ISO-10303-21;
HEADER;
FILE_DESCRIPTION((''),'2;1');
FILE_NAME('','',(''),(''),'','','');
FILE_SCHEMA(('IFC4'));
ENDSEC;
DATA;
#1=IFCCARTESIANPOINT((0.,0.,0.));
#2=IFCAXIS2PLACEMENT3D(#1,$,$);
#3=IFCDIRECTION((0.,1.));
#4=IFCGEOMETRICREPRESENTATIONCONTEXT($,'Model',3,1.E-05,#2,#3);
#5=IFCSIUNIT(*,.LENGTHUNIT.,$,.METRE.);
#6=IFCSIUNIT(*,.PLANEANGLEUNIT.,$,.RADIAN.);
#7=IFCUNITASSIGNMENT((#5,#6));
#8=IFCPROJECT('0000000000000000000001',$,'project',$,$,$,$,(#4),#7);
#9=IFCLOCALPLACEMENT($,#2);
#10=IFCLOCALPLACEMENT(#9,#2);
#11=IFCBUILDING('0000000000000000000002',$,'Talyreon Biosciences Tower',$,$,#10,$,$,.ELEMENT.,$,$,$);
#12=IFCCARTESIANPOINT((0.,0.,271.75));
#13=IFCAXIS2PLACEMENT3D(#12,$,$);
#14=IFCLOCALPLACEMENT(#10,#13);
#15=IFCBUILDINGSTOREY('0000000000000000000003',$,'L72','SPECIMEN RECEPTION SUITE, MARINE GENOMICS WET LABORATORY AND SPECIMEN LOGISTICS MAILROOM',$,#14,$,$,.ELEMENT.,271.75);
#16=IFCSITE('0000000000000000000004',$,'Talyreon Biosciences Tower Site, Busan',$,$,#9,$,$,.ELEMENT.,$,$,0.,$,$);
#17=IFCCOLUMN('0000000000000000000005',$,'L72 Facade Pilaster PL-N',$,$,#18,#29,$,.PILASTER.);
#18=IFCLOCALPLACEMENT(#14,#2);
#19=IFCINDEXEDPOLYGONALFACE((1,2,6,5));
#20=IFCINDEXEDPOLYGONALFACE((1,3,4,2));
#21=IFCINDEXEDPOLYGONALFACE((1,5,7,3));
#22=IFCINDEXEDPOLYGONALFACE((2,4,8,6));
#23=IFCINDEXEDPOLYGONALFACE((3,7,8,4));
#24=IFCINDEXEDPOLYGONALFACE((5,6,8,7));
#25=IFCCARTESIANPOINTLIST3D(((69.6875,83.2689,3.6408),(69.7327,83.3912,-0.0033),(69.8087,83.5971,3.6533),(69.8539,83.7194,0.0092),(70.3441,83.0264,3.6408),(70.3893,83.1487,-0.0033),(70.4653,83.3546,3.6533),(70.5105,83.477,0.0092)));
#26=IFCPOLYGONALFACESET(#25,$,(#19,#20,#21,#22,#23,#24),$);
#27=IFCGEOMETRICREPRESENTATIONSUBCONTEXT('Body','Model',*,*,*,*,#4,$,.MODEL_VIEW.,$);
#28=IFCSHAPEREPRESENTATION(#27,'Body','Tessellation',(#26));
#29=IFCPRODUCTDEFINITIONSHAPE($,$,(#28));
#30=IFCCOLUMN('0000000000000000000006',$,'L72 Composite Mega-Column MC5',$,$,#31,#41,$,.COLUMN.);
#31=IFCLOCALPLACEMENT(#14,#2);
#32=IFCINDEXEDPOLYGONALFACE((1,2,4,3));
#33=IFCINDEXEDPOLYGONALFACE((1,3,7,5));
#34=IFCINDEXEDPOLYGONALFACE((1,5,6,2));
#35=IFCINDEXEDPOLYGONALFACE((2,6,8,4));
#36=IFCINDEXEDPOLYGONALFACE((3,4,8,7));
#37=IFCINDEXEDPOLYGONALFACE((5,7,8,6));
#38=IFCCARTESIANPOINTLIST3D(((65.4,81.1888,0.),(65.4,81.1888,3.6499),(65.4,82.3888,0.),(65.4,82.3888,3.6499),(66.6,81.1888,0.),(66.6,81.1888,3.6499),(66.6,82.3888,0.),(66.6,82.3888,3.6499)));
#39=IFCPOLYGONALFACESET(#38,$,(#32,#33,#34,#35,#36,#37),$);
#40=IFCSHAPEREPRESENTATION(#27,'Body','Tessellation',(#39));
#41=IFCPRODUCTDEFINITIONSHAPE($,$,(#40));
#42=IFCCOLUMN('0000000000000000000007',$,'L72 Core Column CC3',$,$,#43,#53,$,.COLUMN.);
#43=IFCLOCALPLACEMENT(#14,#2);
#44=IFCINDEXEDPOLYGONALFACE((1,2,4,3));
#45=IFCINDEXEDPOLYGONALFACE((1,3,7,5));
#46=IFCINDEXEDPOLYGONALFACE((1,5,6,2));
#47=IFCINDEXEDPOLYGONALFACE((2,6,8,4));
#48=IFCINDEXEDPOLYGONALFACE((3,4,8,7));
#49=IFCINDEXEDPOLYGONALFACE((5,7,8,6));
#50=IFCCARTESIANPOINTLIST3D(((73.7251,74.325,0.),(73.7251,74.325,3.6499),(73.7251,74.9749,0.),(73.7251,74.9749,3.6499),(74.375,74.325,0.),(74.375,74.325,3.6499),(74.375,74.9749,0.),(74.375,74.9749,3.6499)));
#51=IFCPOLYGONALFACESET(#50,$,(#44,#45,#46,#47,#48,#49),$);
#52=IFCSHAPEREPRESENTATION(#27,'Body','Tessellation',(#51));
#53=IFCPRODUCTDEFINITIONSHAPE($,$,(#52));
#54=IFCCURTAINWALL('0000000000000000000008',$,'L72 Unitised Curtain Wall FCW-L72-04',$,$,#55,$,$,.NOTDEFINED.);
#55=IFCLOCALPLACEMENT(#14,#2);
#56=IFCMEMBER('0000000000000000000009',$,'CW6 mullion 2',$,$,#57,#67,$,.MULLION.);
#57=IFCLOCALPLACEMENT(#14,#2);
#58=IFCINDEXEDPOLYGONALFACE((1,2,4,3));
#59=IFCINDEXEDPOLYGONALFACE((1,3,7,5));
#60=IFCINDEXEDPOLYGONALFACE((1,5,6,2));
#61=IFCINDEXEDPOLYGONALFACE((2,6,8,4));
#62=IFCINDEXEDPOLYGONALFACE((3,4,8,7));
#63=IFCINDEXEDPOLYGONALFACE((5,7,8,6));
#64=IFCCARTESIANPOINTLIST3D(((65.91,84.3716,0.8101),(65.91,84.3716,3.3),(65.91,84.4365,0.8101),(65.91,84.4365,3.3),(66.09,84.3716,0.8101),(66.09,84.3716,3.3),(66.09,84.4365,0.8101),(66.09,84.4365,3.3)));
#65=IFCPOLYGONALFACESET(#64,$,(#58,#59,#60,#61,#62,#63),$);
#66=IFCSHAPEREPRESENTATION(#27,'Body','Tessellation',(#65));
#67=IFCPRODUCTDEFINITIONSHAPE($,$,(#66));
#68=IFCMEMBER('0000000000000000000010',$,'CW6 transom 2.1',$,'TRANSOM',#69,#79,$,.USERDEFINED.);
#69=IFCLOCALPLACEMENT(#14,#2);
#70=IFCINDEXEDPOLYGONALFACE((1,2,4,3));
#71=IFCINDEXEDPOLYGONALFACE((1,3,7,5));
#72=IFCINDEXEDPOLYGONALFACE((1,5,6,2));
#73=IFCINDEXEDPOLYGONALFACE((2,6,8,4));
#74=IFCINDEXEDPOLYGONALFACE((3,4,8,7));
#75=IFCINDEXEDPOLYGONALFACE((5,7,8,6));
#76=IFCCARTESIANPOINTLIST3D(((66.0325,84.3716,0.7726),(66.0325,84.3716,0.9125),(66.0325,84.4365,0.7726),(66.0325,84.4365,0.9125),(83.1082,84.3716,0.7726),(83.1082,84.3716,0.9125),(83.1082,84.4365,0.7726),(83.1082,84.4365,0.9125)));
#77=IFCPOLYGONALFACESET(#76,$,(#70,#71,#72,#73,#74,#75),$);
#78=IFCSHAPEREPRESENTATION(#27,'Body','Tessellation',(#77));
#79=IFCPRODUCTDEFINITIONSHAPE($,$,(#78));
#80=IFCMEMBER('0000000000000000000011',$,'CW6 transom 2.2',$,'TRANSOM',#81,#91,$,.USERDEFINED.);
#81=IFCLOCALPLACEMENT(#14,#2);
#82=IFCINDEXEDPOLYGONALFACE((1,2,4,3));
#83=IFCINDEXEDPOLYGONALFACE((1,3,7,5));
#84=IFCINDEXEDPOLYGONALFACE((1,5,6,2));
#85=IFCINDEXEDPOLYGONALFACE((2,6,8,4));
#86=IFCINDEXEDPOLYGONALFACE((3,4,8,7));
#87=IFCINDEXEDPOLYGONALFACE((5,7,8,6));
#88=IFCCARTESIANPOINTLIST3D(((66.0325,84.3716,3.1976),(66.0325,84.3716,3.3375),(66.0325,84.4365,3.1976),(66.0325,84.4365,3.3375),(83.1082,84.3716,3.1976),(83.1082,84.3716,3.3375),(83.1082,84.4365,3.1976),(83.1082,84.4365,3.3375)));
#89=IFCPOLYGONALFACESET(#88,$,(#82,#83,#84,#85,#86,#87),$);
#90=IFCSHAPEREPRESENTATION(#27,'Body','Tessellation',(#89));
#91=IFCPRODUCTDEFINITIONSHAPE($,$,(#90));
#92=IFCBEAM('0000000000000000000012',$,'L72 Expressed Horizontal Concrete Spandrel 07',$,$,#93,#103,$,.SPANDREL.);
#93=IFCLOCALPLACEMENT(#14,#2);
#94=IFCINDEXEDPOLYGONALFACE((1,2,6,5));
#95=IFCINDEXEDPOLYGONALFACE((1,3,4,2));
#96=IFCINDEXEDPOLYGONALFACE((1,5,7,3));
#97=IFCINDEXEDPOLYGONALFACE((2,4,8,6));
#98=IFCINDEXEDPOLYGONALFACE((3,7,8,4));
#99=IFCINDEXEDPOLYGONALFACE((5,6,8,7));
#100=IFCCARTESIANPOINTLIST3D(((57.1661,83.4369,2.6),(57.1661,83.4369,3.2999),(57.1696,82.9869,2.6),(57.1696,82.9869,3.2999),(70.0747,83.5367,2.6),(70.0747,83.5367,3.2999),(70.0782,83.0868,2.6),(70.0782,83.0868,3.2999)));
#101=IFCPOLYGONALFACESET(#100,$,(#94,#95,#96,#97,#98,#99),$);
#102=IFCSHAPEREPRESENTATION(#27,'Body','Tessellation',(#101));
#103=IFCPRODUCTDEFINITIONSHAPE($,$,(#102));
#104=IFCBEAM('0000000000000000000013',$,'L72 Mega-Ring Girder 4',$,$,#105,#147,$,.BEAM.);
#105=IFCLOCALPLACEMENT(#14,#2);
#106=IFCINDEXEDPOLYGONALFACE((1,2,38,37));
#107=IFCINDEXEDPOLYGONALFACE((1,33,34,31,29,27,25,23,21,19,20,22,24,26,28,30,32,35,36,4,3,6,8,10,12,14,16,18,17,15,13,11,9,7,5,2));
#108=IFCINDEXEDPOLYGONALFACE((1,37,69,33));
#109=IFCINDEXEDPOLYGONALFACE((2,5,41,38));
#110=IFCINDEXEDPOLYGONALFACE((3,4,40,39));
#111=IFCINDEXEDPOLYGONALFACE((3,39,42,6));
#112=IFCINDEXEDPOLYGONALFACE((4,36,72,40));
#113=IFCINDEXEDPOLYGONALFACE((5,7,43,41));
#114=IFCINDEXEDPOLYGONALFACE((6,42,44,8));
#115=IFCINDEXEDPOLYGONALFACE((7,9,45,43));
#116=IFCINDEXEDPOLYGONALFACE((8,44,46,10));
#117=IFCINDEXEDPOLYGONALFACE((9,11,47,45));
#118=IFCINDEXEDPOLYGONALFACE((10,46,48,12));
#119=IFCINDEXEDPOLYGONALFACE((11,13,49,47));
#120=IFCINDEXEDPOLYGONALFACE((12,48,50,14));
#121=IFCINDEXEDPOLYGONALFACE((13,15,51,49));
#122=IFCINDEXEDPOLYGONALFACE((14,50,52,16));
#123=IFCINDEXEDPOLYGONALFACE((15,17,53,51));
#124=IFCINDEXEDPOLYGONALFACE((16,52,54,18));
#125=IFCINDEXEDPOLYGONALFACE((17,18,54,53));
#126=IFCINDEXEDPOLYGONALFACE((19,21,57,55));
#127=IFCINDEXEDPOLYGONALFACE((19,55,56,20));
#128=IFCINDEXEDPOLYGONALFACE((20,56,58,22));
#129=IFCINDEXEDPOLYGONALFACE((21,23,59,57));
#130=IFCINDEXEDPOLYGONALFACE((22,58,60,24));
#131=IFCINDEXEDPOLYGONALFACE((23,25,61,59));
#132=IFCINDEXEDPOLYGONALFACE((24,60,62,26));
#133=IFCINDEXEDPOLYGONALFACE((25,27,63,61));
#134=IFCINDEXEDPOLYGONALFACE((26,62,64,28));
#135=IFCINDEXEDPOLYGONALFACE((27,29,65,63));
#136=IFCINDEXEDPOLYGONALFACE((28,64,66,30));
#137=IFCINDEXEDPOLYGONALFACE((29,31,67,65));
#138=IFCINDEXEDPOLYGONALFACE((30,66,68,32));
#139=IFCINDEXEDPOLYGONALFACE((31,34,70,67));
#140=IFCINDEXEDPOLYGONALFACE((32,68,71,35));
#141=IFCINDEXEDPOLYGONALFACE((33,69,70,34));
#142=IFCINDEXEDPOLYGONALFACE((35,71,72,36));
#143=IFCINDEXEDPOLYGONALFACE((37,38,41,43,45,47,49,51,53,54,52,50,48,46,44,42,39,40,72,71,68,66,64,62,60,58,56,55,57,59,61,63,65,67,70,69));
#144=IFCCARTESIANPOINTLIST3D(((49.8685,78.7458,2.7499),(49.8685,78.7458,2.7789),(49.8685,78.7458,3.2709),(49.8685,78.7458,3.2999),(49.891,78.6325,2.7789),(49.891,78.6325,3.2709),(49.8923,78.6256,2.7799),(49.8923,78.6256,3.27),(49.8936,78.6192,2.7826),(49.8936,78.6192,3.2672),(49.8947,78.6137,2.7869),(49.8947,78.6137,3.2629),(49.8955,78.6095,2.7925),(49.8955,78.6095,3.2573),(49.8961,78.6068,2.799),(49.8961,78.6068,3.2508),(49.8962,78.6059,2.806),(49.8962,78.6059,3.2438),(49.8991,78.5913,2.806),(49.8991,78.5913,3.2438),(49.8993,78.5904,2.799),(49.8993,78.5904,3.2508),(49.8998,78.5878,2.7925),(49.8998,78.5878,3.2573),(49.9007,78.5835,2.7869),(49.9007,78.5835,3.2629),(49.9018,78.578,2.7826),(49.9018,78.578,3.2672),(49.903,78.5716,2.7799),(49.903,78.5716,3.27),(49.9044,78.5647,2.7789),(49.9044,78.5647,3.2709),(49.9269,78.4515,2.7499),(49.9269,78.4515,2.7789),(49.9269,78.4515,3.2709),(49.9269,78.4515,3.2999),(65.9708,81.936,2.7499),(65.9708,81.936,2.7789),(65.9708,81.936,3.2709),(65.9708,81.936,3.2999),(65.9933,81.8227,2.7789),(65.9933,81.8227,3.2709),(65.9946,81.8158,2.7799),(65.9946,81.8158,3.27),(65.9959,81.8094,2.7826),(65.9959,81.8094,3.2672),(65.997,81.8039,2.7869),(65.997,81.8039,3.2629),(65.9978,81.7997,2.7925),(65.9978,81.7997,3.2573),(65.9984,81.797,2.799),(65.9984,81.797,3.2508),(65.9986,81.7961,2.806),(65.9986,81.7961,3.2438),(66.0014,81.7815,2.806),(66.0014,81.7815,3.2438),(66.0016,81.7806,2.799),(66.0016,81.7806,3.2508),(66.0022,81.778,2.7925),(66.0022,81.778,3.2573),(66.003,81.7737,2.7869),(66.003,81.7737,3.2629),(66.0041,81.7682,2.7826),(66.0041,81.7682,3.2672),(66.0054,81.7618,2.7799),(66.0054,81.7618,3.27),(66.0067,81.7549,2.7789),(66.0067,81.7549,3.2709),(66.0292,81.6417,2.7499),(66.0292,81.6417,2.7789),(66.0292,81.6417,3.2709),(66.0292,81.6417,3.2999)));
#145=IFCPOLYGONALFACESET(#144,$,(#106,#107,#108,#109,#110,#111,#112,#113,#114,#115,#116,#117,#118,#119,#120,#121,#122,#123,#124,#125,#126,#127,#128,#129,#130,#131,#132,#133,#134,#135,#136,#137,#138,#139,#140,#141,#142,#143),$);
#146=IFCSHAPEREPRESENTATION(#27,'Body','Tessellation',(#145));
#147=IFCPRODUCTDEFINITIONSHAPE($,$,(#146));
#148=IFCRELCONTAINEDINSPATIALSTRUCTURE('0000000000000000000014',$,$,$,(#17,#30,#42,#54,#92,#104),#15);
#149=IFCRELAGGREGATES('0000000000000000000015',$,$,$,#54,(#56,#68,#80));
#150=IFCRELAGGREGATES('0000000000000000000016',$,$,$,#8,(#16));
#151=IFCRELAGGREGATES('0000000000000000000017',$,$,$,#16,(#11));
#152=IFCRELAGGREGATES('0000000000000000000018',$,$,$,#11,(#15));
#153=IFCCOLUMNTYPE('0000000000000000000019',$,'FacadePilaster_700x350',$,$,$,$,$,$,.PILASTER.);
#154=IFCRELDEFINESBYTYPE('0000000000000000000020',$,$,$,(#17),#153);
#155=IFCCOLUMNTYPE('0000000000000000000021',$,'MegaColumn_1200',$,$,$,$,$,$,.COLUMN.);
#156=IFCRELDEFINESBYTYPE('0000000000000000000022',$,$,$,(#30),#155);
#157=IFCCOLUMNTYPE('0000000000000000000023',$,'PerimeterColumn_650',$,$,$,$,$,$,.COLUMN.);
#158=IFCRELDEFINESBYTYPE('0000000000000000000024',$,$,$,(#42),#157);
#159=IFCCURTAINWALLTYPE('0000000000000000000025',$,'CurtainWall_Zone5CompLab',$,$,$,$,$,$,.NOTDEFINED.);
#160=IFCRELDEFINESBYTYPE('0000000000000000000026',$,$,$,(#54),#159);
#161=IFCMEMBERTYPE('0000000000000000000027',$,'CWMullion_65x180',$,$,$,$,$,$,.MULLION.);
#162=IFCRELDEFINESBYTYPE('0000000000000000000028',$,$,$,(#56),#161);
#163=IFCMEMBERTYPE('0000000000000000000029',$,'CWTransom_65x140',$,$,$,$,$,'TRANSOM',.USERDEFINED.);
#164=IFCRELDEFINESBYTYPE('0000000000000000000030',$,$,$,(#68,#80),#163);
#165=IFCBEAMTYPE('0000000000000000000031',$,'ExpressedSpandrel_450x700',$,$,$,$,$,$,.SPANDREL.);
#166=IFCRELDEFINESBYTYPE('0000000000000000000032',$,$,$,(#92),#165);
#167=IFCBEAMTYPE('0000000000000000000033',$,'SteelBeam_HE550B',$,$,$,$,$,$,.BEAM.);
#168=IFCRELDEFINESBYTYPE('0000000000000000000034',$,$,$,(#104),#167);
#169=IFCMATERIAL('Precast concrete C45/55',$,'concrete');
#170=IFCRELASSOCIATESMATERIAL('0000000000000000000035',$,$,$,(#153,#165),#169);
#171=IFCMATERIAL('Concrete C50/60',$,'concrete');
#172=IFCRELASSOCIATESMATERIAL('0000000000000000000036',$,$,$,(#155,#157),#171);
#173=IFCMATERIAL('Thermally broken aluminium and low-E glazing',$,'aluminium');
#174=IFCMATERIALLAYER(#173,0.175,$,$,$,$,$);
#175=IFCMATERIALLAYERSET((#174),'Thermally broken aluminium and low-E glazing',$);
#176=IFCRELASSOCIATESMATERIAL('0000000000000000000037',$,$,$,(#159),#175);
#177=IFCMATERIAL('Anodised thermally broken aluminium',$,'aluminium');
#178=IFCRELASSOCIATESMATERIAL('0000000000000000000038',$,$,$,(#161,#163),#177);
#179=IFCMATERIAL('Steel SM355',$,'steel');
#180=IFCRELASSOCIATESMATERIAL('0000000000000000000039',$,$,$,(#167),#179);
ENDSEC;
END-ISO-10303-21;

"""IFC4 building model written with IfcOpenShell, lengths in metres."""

from ifc_helpers import new_model, si_unit, direction, frame, origin, origin_2d, place, context, subcontext, project, spatial, rectangle, i_section, extrude, material, layer, layer_set, material_profile, profile_set, type_object, element, aggregate, save


model = new_model("IFC4")

# Units and contexts
model_context = context("Model", 3, precision=1e-05, world=origin(), true_north=direction((0.0, 1.0)))
body_context = subcontext(model_context, "Body", "Model", "MODEL_VIEW")
ifc_project = project(units=[si_unit("LENGTHUNIT", "METRE"), si_unit("PLANEANGLEUNIT", "RADIAN")], contexts=[model_context])

# Site, building, storey
site_placement = place(None, origin())
site = spatial("IfcSite", under=ifc_project, at=site_placement, Name="Talyreon Biosciences Tower Site, Busan", CompositionType="ELEMENT", RefElevation=0.0)
building_placement = place(site_placement, origin())
building = spatial("IfcBuilding", under=site, at=building_placement, Name="Talyreon Biosciences Tower", CompositionType="ELEMENT")
storey_placement = place(building_placement, frame((0.0, 0.0, 271.75)))
storey = spatial("IfcBuildingStorey", under=building, at=storey_placement, Name="L72", Description="SPECIMEN RECEPTION SUITE, MARINE GENOMICS WET LABORATORY AND SPECIMEN LOGISTICS MAILROOM", CompositionType="ELEMENT", Elevation=271.75)

# Columns
ifc_material_1 = material(Name="Precast concrete C45/55", Category="concrete")
ifc_material_profile_1 = material_profile(ifc_material_1, rectangle(XDim=0.7, YDim=0.3501, at=origin_2d()), Name="RC 700x350")
ifc_profile_set_1 = profile_set([ifc_material_profile_1], Name="Precast concrete C45/55")
column_type_1 = type_object("IfcColumnType", Name="FacadePilaster_700x350", PredefinedType="PILASTER", material=ifc_profile_set_1)
column_1_placement = place(storey_placement, frame((70.1216, 83.4341, 0.0029), z_axis=(-0.012387, -0.033544, 0.99936), x_axis=(-0.938087, 0.346399, 0.0)))
element("IfcColumn", 1, at=column_1_placement, inside=storey, type_object=column_type_1, Name="L72 Facade Pilaster PL-N", PredefinedType="PILASTER", context=body_context, shape_type="SweptSolid", body=[
    extrude(rectangle(XDim=0.7, YDim=0.3501, at=origin_2d()), origin(), (0.0, 0.0, 1.0), 3.6465),
])
ifc_material_2 = material(Name="Concrete C50/60", Category="concrete")
ifc_material_profile_2 = material_profile(ifc_material_2, rectangle(XDim=1.2, YDim=1.2, at=origin_2d()), Name="RC 1200x1200")
ifc_profile_set_2 = profile_set([ifc_material_profile_2], Name="Concrete C50/60")
column_type_2 = type_object("IfcColumnType", Name="MegaColumn_1200", PredefinedType="COLUMN", material=ifc_profile_set_2)
column_2_placement = place(storey_placement, frame((66.0, 81.7888, 0.0), z_axis=(0.0, 0.0, 1.0), x_axis=(1.0, 0.0, 0.0)))
element("IfcColumn", 2, at=column_2_placement, inside=storey, type_object=column_type_2, Name="L72 Composite Mega-Column MC5", PredefinedType="COLUMN", context=body_context, shape_type="SweptSolid", body=[
    extrude(rectangle(XDim=1.2, YDim=1.2, at=origin_2d()), origin(), (0.0, 0.0, 1.0), 3.6499),
])
ifc_material_profile_3 = material_profile(ifc_material_2, rectangle(XDim=0.6499, YDim=0.6499, at=origin_2d()), Name="RC 650x650")
ifc_profile_set_3 = profile_set([ifc_material_profile_3], Name="Concrete C50/60")
column_type_3 = type_object("IfcColumnType", Name="PerimeterColumn_650", PredefinedType="COLUMN", material=ifc_profile_set_3)
column_3_placement = place(storey_placement, frame((74.05, 74.6499, 0.0), z_axis=(0.0, 0.0, 1.0), x_axis=(1.0, 0.0, 0.0)))
element("IfcColumn", 3, at=column_3_placement, inside=storey, type_object=column_type_3, Name="L72 Core Column CC3", PredefinedType="COLUMN", context=body_context, shape_type="SweptSolid", body=[
    extrude(rectangle(XDim=0.6499, YDim=0.6499, at=origin_2d()), origin(), (0.0, 0.0, 1.0), 3.6499),
])

# Curtain wall, members
ifc_material_3 = material(Name="Thermally broken aluminium and low-E glazing", Category="aluminium")
ifc_layer_1 = layer(ifc_material_3, 0.175)
ifc_layer_set_1 = layer_set([ifc_layer_1], Name="Thermally broken aluminium and low-E glazing")
curtain_wall_type = type_object("IfcCurtainWallType", Name="CurtainWall_Zone5CompLab", PredefinedType="NOTDEFINED", material=ifc_layer_set_1)
curtain_wall_placement = place(storey_placement, origin())
curtain_wall = element("IfcCurtainWall", 4, at=curtain_wall_placement, inside=storey, type_object=curtain_wall_type, Name="L72 Unitised Curtain Wall FCW-L72-04", PredefinedType="NOTDEFINED")
ifc_material_4 = material(Name="Anodised thermally broken aluminium", Category="aluminium")
ifc_material_profile_4 = material_profile(ifc_material_4, rectangle(XDim=0.0649, YDim=0.1799, at=origin_2d()), Name="ALUM MULLION 65x180")
ifc_profile_set_4 = profile_set([ifc_material_profile_4], Name="Anodised thermally broken aluminium")
member_type_1 = type_object("IfcMemberType", Name="CWMullion_65x180", PredefinedType="MULLION", material=ifc_profile_set_4)
member_1_placement = place(storey_placement, frame((66.0, 84.4041, 0.8101), z_axis=(0.0, 0.0, 1.0), x_axis=(0.0, 1.0, 0.0)))
member_1 = element("IfcMember", 5, at=member_1_placement, type_object=member_type_1, Name="CW6 mullion 2", PredefinedType="MULLION", context=body_context, shape_type="SweptSolid", body=[
    extrude(rectangle(XDim=0.0649, YDim=0.1799, at=origin_2d()), origin(), (0.0, 0.0, 1.0), 2.49),
])
ifc_material_profile_5 = material_profile(ifc_material_4, rectangle(XDim=0.0649, YDim=0.1399, at=origin_2d()), Name="ALUM TRANSOM 65x140")
ifc_profile_set_5 = profile_set([ifc_material_profile_5], Name="Anodised thermally broken aluminium")
member_type_2 = type_object("IfcMemberType", Name="CWTransom_65x140", ElementType="TRANSOM", PredefinedType="USERDEFINED", material=ifc_profile_set_5)
member_2_placement = place(storey_placement, frame((66.0325, 84.4041, 0.8425), z_axis=(1.0, 0.0, 0.0), x_axis=(0.0, 1.0, 0.0)))
member_2 = element("IfcMember", 6, at=member_2_placement, type_object=member_type_2, Name="CW6 transom 2.1", ObjectType="TRANSOM", PredefinedType="USERDEFINED", context=body_context, shape_type="SweptSolid", body=[
    extrude(rectangle(XDim=0.0649, YDim=0.1399, at=origin_2d()), origin(), (0.0, 0.0, 1.0), 17.0757),
])
member_3_placement = place(storey_placement, frame((66.0325, 84.4041, 3.2676), z_axis=(1.0, 0.0, 0.0), x_axis=(0.0, 1.0, 0.0)))
member_3 = element("IfcMember", 7, at=member_3_placement, type_object=member_type_2, Name="CW6 transom 2.2", ObjectType="TRANSOM", PredefinedType="USERDEFINED", context=body_context, shape_type="SweptSolid", body=[
    extrude(rectangle(XDim=0.0649, YDim=0.1399, at=origin_2d()), origin(), (0.0, 0.0, 1.0), 17.0757),
])
aggregate(curtain_wall, [member_1, member_2, member_3])

# Beams
ifc_material_profile_6 = material_profile(ifc_material_1, rectangle(XDim=0.45, YDim=0.7, at=origin_2d()), Name="RCB 450x700")
ifc_profile_set_6 = profile_set([ifc_material_profile_6], Name="Precast concrete C45/55")
beam_type_1 = type_object("IfcBeamType", Name="ExpressedSpandrel_450x700", PredefinedType="SPANDREL", material=ifc_profile_set_6)
beam_1_placement = place(storey_placement, frame((70.0764, 83.3118, 2.95), z_axis=(-0.99997, -0.007735, 0.0), x_axis=(0.007735, -0.99997, 0.0)))
element("IfcBeam", 8, at=beam_1_placement, inside=storey, type_object=beam_type_1, Name="L72 Expressed Horizontal Concrete Spandrel 07", PredefinedType="SPANDREL", context=body_context, shape_type="SweptSolid", body=[
    extrude(rectangle(XDim=0.45, YDim=0.7, at=origin_2d()), origin(), (0.0, 0.0, 1.0), 12.9089),
])
ifc_material_5 = material(Name="Steel SM355", Category="steel")
ifc_material_profile_7 = material_profile(ifc_material_5, i_section(OverallWidth=0.3, OverallDepth=0.55, WebThickness=0.0149, FlangeThickness=0.0291, FilletRadius=0.0271, at=origin_2d()), Name="HE550B")
ifc_profile_set_7 = profile_set([ifc_material_profile_7], Name="Steel SM355")
beam_type_2 = type_object("IfcBeamType", Name="SteelBeam_HE550B", PredefinedType="BEAM", material=ifc_profile_set_7)
beam_2_placement = place(storey_placement, frame((66.0, 81.7888, 3.0249), z_axis=(-0.980934, -0.194343, 0.0), x_axis=(0.194343, -0.980934, 0.0)))
element("IfcBeam", 9, at=beam_2_placement, inside=storey, type_object=beam_type_2, Name="L72 Mega-Ring Girder 4", PredefinedType="BEAM", context=body_context, shape_type="SweptSolid", body=[
    extrude(i_section(OverallWidth=0.3, OverallDepth=0.55, WebThickness=0.0149, FlangeThickness=0.0291, FilletRadius=0.0271, at=origin_2d()), origin(), (0.0, 0.0, 1.0), 16.4153),
])

save(model, "model.ifc")
